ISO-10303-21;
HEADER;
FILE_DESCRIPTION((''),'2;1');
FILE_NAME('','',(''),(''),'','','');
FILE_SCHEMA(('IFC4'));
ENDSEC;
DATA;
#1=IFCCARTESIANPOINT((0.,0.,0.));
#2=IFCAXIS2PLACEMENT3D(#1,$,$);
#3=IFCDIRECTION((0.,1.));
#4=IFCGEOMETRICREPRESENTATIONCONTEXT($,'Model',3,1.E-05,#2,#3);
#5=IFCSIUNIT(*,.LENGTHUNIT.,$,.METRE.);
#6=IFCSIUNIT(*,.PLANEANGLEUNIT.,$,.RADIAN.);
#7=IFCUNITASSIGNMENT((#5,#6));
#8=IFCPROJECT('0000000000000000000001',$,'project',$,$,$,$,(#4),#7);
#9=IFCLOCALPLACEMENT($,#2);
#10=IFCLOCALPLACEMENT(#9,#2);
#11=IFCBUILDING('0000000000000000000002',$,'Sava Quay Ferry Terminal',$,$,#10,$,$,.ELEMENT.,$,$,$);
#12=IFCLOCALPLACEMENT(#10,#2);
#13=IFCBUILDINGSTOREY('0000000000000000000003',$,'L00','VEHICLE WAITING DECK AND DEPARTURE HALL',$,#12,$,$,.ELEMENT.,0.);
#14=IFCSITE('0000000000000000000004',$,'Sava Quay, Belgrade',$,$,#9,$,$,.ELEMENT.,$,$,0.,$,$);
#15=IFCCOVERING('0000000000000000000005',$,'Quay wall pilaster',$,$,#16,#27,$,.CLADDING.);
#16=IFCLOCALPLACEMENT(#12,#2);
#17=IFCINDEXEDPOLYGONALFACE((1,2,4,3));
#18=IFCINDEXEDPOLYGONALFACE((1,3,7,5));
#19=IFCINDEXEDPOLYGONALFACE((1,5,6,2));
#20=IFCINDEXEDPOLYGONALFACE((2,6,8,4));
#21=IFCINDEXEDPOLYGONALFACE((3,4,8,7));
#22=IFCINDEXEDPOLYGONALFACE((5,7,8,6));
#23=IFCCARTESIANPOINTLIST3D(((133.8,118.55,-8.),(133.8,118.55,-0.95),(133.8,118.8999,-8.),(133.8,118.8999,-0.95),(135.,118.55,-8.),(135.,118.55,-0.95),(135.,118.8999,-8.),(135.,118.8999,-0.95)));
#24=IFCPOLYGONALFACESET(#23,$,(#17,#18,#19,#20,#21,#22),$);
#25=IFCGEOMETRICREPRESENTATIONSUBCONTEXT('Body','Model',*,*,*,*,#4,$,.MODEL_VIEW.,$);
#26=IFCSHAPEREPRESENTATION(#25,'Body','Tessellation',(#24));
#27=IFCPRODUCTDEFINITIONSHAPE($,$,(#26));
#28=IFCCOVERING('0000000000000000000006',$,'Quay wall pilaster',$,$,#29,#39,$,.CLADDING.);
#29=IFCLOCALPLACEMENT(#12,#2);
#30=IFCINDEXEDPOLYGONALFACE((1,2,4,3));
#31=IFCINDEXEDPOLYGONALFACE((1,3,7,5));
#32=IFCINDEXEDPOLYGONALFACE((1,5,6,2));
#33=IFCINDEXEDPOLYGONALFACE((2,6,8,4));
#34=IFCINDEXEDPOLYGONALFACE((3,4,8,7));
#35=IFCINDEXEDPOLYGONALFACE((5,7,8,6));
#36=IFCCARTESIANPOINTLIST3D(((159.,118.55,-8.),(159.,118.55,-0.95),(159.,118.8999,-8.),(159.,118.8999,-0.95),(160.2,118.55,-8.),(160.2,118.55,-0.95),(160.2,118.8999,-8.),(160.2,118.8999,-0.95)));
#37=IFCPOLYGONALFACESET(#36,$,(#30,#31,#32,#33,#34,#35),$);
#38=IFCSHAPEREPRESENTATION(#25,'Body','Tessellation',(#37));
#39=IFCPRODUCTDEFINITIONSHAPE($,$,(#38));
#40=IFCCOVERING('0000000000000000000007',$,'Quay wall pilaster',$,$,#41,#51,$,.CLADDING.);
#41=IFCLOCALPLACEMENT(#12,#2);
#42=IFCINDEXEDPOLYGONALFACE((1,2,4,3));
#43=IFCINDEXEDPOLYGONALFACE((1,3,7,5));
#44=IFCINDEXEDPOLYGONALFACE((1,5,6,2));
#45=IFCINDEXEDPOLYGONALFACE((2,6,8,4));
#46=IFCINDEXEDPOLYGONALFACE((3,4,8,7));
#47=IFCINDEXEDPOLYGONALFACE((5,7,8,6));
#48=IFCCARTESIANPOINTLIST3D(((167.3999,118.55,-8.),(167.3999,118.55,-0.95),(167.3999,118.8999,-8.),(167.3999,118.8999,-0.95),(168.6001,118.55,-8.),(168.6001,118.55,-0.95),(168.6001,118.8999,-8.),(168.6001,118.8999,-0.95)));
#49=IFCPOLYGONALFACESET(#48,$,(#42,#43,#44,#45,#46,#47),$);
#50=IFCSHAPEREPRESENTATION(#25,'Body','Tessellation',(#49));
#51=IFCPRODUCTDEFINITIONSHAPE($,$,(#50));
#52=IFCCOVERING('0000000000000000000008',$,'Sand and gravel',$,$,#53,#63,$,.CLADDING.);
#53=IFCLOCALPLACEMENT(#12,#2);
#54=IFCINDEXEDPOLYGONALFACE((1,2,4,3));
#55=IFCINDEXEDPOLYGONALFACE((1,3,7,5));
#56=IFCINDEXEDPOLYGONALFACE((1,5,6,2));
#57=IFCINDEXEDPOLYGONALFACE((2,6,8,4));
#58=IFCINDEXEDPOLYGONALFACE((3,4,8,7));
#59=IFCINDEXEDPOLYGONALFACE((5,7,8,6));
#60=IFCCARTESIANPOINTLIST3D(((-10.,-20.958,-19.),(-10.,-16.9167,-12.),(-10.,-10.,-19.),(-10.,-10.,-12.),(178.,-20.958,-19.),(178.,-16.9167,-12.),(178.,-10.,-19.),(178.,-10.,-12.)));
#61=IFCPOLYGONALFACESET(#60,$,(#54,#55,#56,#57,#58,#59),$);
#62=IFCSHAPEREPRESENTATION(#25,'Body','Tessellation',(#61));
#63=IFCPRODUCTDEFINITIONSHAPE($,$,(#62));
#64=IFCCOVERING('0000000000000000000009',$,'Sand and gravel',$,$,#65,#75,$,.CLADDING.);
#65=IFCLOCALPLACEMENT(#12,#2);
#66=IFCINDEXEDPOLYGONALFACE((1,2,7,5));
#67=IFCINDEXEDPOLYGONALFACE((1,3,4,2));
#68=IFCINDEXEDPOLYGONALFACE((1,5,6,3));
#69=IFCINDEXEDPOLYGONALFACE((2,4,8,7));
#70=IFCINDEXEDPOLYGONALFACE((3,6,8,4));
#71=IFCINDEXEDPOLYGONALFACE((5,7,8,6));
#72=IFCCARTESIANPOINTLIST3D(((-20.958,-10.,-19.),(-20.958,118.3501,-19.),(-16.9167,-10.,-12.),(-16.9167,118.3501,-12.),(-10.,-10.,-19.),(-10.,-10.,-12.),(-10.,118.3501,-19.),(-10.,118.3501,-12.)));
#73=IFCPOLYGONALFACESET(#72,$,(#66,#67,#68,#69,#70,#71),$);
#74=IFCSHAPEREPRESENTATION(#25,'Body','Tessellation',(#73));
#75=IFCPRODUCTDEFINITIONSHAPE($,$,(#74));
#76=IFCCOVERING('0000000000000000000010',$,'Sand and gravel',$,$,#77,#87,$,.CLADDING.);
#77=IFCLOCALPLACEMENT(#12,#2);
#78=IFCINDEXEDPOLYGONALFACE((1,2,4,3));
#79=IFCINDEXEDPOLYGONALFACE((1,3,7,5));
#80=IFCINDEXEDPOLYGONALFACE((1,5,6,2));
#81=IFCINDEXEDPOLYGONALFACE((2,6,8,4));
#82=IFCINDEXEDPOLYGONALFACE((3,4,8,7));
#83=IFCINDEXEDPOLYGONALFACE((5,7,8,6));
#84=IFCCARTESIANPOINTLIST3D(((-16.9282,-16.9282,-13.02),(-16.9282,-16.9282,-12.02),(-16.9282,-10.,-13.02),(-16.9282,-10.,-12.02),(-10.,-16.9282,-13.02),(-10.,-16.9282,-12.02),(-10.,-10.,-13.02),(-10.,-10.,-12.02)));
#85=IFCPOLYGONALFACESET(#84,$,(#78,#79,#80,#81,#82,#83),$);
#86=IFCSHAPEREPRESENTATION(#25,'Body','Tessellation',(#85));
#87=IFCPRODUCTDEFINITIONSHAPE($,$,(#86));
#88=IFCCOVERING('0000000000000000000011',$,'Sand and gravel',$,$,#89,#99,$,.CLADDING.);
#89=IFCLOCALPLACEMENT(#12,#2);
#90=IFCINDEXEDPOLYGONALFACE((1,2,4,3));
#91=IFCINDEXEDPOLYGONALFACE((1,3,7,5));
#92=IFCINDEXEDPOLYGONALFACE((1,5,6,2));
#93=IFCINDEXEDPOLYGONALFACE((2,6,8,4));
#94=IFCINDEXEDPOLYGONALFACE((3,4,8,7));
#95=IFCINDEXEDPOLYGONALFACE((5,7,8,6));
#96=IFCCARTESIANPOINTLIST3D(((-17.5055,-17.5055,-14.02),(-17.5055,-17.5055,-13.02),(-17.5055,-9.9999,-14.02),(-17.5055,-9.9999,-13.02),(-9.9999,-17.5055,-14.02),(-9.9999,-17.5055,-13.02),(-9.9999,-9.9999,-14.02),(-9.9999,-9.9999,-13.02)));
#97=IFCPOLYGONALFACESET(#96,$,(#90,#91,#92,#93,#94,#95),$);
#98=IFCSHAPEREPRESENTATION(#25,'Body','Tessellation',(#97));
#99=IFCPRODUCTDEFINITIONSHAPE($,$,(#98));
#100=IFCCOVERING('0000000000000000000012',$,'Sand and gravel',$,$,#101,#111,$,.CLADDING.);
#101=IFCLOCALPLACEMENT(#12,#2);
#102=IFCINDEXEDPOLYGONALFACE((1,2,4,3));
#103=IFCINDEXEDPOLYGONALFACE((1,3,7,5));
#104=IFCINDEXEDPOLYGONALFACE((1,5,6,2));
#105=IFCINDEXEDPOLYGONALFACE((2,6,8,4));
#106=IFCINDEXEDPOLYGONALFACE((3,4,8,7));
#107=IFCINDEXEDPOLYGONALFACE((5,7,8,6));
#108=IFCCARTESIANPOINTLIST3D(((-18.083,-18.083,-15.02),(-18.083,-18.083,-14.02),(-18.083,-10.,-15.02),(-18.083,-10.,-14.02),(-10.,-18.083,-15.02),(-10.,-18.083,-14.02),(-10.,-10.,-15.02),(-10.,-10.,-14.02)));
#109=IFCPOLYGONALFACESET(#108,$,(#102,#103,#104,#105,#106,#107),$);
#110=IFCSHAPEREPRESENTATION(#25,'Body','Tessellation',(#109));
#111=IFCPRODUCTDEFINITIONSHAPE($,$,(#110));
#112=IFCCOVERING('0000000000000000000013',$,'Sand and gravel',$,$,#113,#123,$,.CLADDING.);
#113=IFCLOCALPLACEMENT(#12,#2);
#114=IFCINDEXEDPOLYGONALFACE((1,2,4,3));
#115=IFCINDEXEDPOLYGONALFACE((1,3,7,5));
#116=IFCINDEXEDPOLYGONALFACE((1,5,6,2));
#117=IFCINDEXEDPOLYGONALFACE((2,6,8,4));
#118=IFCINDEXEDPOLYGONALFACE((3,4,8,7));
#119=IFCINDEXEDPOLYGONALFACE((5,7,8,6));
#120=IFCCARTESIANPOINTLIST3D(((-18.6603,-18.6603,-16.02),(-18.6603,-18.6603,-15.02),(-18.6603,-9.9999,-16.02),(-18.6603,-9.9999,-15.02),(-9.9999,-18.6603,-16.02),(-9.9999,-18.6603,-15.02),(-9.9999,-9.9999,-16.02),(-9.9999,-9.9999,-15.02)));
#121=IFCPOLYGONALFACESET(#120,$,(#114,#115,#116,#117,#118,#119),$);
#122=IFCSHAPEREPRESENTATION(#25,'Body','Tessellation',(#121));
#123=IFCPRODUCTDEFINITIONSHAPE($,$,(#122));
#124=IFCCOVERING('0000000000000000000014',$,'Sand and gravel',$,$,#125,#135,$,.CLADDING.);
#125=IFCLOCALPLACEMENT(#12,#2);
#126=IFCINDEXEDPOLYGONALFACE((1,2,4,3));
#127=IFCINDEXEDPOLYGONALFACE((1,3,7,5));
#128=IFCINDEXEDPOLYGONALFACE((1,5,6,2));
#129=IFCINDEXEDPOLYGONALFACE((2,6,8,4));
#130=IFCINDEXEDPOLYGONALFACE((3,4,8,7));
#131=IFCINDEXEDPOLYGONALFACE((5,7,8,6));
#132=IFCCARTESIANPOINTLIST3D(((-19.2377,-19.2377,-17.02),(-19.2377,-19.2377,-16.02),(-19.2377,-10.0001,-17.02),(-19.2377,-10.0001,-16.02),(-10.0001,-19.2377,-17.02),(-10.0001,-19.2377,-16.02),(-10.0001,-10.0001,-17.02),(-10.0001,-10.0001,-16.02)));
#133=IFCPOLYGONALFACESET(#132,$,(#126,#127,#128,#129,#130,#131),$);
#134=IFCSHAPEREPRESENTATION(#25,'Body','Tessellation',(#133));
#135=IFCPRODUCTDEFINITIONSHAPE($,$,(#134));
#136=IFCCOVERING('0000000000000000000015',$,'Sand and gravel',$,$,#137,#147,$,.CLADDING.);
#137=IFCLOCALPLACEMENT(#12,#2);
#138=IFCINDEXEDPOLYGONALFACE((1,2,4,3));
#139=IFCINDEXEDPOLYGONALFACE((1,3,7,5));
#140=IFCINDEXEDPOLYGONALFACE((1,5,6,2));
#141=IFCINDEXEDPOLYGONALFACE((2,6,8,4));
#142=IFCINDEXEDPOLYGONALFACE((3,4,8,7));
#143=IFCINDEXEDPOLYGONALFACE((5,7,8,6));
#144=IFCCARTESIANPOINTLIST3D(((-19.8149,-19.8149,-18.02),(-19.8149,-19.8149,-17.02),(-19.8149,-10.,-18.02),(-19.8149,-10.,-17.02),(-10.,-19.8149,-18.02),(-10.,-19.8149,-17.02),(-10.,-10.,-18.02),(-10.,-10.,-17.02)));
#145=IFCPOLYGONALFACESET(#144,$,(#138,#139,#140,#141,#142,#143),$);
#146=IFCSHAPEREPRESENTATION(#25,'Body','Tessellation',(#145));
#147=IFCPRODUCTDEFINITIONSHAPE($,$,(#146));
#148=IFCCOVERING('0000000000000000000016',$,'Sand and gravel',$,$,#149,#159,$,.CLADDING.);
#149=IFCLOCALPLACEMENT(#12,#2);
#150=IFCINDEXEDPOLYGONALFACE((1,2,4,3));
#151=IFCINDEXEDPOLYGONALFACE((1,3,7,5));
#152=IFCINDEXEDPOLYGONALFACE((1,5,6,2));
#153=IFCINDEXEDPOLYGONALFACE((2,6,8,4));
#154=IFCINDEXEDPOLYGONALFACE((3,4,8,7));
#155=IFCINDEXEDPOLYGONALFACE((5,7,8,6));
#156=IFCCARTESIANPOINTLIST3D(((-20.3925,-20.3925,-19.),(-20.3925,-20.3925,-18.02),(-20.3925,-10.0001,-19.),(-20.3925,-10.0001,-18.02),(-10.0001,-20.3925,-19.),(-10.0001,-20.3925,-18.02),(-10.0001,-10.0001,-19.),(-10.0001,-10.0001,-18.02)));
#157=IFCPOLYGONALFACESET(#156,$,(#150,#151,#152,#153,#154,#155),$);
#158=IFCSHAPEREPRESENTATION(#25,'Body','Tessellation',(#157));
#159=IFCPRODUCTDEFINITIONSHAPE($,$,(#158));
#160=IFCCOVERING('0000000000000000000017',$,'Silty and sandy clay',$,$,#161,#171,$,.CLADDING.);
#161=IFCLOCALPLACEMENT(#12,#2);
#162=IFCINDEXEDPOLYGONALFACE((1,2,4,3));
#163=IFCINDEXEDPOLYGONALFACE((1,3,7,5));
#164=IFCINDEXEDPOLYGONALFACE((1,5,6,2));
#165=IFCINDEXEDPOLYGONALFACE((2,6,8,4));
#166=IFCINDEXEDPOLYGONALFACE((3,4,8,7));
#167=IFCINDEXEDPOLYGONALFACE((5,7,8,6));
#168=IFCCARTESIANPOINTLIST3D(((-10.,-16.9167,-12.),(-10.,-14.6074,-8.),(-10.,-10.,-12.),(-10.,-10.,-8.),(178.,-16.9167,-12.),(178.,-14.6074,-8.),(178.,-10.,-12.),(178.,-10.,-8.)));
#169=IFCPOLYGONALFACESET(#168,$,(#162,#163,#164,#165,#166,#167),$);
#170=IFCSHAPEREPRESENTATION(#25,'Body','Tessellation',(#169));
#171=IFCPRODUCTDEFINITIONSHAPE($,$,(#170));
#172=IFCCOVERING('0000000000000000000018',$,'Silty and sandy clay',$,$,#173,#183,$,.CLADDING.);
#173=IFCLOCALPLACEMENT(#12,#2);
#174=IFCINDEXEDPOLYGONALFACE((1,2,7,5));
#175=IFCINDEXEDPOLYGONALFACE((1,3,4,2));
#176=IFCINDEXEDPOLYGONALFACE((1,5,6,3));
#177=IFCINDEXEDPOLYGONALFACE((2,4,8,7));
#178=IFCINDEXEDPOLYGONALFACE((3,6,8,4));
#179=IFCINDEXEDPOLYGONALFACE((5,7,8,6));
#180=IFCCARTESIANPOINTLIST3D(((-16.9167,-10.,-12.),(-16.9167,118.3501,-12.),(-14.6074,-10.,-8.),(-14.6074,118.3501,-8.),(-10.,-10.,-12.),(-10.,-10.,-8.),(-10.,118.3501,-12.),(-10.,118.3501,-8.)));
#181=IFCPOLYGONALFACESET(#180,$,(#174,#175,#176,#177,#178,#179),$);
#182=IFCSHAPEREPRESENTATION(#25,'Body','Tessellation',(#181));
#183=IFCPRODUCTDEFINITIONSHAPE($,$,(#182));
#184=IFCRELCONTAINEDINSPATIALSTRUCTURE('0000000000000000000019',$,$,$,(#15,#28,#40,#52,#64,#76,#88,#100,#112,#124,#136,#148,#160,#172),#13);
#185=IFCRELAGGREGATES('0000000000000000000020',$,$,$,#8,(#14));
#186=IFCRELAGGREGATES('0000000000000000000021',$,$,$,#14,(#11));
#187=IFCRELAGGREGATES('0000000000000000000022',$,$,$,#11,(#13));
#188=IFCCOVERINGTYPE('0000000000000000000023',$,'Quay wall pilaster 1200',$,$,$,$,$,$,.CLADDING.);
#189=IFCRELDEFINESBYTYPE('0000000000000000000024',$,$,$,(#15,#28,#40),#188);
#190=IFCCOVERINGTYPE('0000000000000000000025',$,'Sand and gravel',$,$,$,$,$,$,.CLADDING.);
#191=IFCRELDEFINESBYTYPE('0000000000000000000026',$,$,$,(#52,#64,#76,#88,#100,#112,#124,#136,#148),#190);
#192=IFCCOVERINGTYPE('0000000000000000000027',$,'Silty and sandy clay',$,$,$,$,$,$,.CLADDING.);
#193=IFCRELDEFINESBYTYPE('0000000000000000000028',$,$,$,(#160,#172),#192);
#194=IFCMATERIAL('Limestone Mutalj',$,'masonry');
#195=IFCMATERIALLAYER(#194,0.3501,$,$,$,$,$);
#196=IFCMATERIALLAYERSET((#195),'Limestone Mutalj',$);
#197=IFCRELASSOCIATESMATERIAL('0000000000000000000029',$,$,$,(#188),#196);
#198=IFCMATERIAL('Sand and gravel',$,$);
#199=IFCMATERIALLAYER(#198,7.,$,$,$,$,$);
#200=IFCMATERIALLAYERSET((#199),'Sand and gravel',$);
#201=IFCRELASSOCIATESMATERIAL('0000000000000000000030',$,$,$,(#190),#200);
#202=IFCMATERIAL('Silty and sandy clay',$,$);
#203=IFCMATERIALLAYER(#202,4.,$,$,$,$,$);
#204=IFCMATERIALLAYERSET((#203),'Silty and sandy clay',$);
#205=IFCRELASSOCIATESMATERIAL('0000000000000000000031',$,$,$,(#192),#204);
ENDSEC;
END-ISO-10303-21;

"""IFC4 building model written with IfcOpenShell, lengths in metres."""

from ifc_helpers import new_model, si_unit, direction, frame, origin, origin_2d, place, context, subcontext, project, spatial, polyline, rectangle, outline, extrude, material, layer, layer_set, type_object, element, save


model = new_model("IFC4")

# Units and contexts
model_context = context("Model", 3, precision=1e-05, world=origin(), true_north=direction((0.0, 1.0)))
body_context = subcontext(model_context, "Body", "Model", "MODEL_VIEW")
ifc_project = project(units=[si_unit("LENGTHUNIT", "METRE"), si_unit("PLANEANGLEUNIT", "RADIAN")], contexts=[model_context])

# Site, building, storey
site_placement = place(None, origin())
site = spatial("IfcSite", under=ifc_project, at=site_placement, Name="Sava Quay, Belgrade", CompositionType="ELEMENT", RefElevation=0.0)
building_placement = place(site_placement, origin())
building = spatial("IfcBuilding", under=site, at=building_placement, Name="Sava Quay Ferry Terminal", CompositionType="ELEMENT")
storey_placement = place(building_placement, origin())
storey = spatial("IfcBuildingStorey", under=building, at=storey_placement, Name="L00", Description="VEHICLE WAITING DECK AND DEPARTURE HALL", CompositionType="ELEMENT", Elevation=0.0)

# Coverings
ifc_material_1 = material(Name="Limestone Mutalj", Category="masonry")
ifc_layer_1 = layer(ifc_material_1, 0.3501)
ifc_layer_set_1 = layer_set([ifc_layer_1], Name="Limestone Mutalj")
covering_type_1 = type_object("IfcCoveringType", Name="Quay wall pilaster 1200", PredefinedType="CLADDING", material=ifc_layer_set_1)
covering_1_placement = place(storey_placement, frame((0.0, 0.0, -8.0)))
element("IfcCovering", 1, at=covering_1_placement, inside=storey, type_object=covering_type_1, Name="Quay wall pilaster", PredefinedType="CLADDING", context=body_context, shape_type="SweptSolid", body=[
    extrude(outline(polyline([(135.0, 118.55), (135.0, 118.8999), (133.8, 118.8999), (133.8, 118.55), (135.0, 118.55)])), origin(), (0.0, 0.0, 1.0), 7.05),
])
covering_2_placement = place(storey_placement, frame((0.0, 0.0, -8.0)))
element("IfcCovering", 2, at=covering_2_placement, inside=storey, type_object=covering_type_1, Name="Quay wall pilaster", PredefinedType="CLADDING", context=body_context, shape_type="SweptSolid", body=[
    extrude(outline(polyline([(160.2, 118.55), (160.2, 118.8999), (159.0, 118.8999), (159.0, 118.55), (160.2, 118.55)])), origin(), (0.0, 0.0, 1.0), 7.05),
])
covering_3_placement = place(storey_placement, frame((0.0, 0.0, -8.0)))
element("IfcCovering", 3, at=covering_3_placement, inside=storey, type_object=covering_type_1, Name="Quay wall pilaster", PredefinedType="CLADDING", context=body_context, shape_type="SweptSolid", body=[
    extrude(outline(polyline([(168.6001, 118.55), (168.6001, 118.8999), (167.3999, 118.8999), (167.3999, 118.55), (168.6001, 118.55)])), origin(), (0.0, 0.0, 1.0), 7.05),
])
ifc_material_2 = material(Name="Sand and gravel")
ifc_layer_2 = layer(ifc_material_2, 7.0)
ifc_layer_set_2 = layer_set([ifc_layer_2], Name="Sand and gravel")
covering_type_2 = type_object("IfcCoveringType", Name="Sand and gravel", PredefinedType="CLADDING", material=ifc_layer_set_2)
covering_4_placement = place(storey_placement, frame((-10.0, -10.0, -12.0), z_axis=(1.0, 0.0, 0.0), x_axis=(0.0, 1.0, 0.0)))
element("IfcCovering", 4, at=covering_4_placement, inside=storey, type_object=covering_type_2, Name="Sand and gravel", PredefinedType="CLADDING", context=body_context, shape_type="SweptSolid", body=[
    extrude(outline(polyline([(0.0, 0.0), (-6.9167, 0.0), (-10.958, -7.0), (0.0, -7.0), (0.0, 0.0)])), origin(), (0.0, 0.0, 1.0), 188.0),
])
covering_5_placement = place(storey_placement, frame((-10.0, -10.0, -12.0), z_axis=(0.0, 1.0, 0.0), x_axis=(-1.0, 0.0, 0.0)))
element("IfcCovering", 5, at=covering_5_placement, inside=storey, type_object=covering_type_2, Name="Sand and gravel", PredefinedType="CLADDING", context=body_context, shape_type="SweptSolid", body=[
    extrude(outline(polyline([(0.0, 0.0), (6.9167, 0.0), (10.958, -7.0), (0.0, -7.0), (0.0, 0.0)])), origin(), (0.0, 0.0, 1.0), 128.3501),
])
covering_6_placement = place(storey_placement, frame((-13.4641, -13.4641, -13.02), z_axis=(0.0, 0.0, 1.0), x_axis=(1.0, 0.0, 0.0)))
element("IfcCovering", 6, at=covering_6_placement, inside=storey, type_object=covering_type_2, Name="Sand and gravel", PredefinedType="CLADDING", context=body_context, shape_type="SweptSolid", body=[
    extrude(rectangle(XDim=6.9282, YDim=6.9282, at=origin_2d()), origin(), (0.0, 0.0, 1.0), 1.0),
])
covering_7_placement = place(storey_placement, frame((-13.7527, -13.7527, -14.02), z_axis=(0.0, 0.0, 1.0), x_axis=(1.0, 0.0, 0.0)))
element("IfcCovering", 7, at=covering_7_placement, inside=storey, type_object=covering_type_2, Name="Sand and gravel", PredefinedType="CLADDING", context=body_context, shape_type="SweptSolid", body=[
    extrude(rectangle(XDim=7.5056, YDim=7.5056, at=origin_2d()), origin(), (0.0, 0.0, 1.0), 1.0),
])
covering_8_placement = place(storey_placement, frame((-14.0415, -14.0415, -15.02), z_axis=(0.0, 0.0, 1.0), x_axis=(1.0, 0.0, 0.0)))
element("IfcCovering", 8, at=covering_8_placement, inside=storey, type_object=covering_type_2, Name="Sand and gravel", PredefinedType="CLADDING", context=body_context, shape_type="SweptSolid", body=[
    extrude(rectangle(XDim=8.083, YDim=8.083, at=origin_2d()), origin(), (0.0, 0.0, 1.0), 1.0),
])
covering_9_placement = place(storey_placement, frame((-14.3301, -14.3301, -16.02), z_axis=(0.0, 0.0, 1.0), x_axis=(1.0, 0.0, 0.0)))
element("IfcCovering", 9, at=covering_9_placement, inside=storey, type_object=covering_type_2, Name="Sand and gravel", PredefinedType="CLADDING", context=body_context, shape_type="SweptSolid", body=[
    extrude(rectangle(XDim=8.6604, YDim=8.6604, at=origin_2d()), origin(), (0.0, 0.0, 1.0), 1.0),
])
covering_10_placement = place(storey_placement, frame((-14.6189, -14.6189, -17.02), z_axis=(0.0, 0.0, 1.0), x_axis=(1.0, 0.0, 0.0)))
element("IfcCovering", 10, at=covering_10_placement, inside=storey, type_object=covering_type_2, Name="Sand and gravel", PredefinedType="CLADDING", context=body_context, shape_type="SweptSolid", body=[
    extrude(rectangle(XDim=9.2375, YDim=9.2375, at=origin_2d()), origin(), (0.0, 0.0, 1.0), 1.0),
])
covering_11_placement = place(storey_placement, frame((-14.9075, -14.9075, -18.02), z_axis=(0.0, 0.0, 1.0), x_axis=(1.0, 0.0, 0.0)))
element("IfcCovering", 11, at=covering_11_placement, inside=storey, type_object=covering_type_2, Name="Sand and gravel", PredefinedType="CLADDING", context=body_context, shape_type="SweptSolid", body=[
    extrude(rectangle(XDim=9.8149, YDim=9.8149, at=origin_2d()), origin(), (0.0, 0.0, 1.0), 1.0),
])
covering_12_placement = place(storey_placement, frame((-15.1963, -15.1963, -19.0), z_axis=(0.0, 0.0, 1.0), x_axis=(1.0, 0.0, 0.0)))
element("IfcCovering", 12, at=covering_12_placement, inside=storey, type_object=covering_type_2, Name="Sand and gravel", PredefinedType="CLADDING", context=body_context, shape_type="SweptSolid", body=[
    extrude(rectangle(XDim=10.3923, YDim=10.3923, at=origin_2d()), origin(), (0.0, 0.0, 1.0), 0.98),
])
ifc_material_3 = material(Name="Silty and sandy clay")
ifc_layer_3 = layer(ifc_material_3, 4.0)
ifc_layer_set_3 = layer_set([ifc_layer_3], Name="Silty and sandy clay")
covering_type_3 = type_object("IfcCoveringType", Name="Silty and sandy clay", PredefinedType="CLADDING", material=ifc_layer_set_3)
covering_13_placement = place(storey_placement, frame((-10.0, -10.0, -8.0), z_axis=(1.0, 0.0, 0.0), x_axis=(0.0, 1.0, 0.0)))
element("IfcCovering", 13, at=covering_13_placement, inside=storey, type_object=covering_type_3, Name="Silty and sandy clay", PredefinedType="CLADDING", context=body_context, shape_type="SweptSolid", body=[
    extrude(outline(polyline([(0.0, 0.0), (-4.6074, 0.0), (-6.9167, -4.0), (0.0, -4.0), (0.0, 0.0)])), origin(), (0.0, 0.0, 1.0), 188.0),
])
covering_14_placement = place(storey_placement, frame((-10.0, -10.0, -8.0), z_axis=(0.0, 1.0, 0.0), x_axis=(-1.0, 0.0, 0.0)))
element("IfcCovering", 14, at=covering_14_placement, inside=storey, type_object=covering_type_3, Name="Silty and sandy clay", PredefinedType="CLADDING", context=body_context, shape_type="SweptSolid", body=[
    extrude(outline(polyline([(0.0, 0.0), (4.6074, 0.0), (6.9167, -4.0), (0.0, -4.0), (0.0, 0.0)])), origin(), (0.0, 0.0, 1.0), 128.3501),
])

save(model, "model.ifc")
